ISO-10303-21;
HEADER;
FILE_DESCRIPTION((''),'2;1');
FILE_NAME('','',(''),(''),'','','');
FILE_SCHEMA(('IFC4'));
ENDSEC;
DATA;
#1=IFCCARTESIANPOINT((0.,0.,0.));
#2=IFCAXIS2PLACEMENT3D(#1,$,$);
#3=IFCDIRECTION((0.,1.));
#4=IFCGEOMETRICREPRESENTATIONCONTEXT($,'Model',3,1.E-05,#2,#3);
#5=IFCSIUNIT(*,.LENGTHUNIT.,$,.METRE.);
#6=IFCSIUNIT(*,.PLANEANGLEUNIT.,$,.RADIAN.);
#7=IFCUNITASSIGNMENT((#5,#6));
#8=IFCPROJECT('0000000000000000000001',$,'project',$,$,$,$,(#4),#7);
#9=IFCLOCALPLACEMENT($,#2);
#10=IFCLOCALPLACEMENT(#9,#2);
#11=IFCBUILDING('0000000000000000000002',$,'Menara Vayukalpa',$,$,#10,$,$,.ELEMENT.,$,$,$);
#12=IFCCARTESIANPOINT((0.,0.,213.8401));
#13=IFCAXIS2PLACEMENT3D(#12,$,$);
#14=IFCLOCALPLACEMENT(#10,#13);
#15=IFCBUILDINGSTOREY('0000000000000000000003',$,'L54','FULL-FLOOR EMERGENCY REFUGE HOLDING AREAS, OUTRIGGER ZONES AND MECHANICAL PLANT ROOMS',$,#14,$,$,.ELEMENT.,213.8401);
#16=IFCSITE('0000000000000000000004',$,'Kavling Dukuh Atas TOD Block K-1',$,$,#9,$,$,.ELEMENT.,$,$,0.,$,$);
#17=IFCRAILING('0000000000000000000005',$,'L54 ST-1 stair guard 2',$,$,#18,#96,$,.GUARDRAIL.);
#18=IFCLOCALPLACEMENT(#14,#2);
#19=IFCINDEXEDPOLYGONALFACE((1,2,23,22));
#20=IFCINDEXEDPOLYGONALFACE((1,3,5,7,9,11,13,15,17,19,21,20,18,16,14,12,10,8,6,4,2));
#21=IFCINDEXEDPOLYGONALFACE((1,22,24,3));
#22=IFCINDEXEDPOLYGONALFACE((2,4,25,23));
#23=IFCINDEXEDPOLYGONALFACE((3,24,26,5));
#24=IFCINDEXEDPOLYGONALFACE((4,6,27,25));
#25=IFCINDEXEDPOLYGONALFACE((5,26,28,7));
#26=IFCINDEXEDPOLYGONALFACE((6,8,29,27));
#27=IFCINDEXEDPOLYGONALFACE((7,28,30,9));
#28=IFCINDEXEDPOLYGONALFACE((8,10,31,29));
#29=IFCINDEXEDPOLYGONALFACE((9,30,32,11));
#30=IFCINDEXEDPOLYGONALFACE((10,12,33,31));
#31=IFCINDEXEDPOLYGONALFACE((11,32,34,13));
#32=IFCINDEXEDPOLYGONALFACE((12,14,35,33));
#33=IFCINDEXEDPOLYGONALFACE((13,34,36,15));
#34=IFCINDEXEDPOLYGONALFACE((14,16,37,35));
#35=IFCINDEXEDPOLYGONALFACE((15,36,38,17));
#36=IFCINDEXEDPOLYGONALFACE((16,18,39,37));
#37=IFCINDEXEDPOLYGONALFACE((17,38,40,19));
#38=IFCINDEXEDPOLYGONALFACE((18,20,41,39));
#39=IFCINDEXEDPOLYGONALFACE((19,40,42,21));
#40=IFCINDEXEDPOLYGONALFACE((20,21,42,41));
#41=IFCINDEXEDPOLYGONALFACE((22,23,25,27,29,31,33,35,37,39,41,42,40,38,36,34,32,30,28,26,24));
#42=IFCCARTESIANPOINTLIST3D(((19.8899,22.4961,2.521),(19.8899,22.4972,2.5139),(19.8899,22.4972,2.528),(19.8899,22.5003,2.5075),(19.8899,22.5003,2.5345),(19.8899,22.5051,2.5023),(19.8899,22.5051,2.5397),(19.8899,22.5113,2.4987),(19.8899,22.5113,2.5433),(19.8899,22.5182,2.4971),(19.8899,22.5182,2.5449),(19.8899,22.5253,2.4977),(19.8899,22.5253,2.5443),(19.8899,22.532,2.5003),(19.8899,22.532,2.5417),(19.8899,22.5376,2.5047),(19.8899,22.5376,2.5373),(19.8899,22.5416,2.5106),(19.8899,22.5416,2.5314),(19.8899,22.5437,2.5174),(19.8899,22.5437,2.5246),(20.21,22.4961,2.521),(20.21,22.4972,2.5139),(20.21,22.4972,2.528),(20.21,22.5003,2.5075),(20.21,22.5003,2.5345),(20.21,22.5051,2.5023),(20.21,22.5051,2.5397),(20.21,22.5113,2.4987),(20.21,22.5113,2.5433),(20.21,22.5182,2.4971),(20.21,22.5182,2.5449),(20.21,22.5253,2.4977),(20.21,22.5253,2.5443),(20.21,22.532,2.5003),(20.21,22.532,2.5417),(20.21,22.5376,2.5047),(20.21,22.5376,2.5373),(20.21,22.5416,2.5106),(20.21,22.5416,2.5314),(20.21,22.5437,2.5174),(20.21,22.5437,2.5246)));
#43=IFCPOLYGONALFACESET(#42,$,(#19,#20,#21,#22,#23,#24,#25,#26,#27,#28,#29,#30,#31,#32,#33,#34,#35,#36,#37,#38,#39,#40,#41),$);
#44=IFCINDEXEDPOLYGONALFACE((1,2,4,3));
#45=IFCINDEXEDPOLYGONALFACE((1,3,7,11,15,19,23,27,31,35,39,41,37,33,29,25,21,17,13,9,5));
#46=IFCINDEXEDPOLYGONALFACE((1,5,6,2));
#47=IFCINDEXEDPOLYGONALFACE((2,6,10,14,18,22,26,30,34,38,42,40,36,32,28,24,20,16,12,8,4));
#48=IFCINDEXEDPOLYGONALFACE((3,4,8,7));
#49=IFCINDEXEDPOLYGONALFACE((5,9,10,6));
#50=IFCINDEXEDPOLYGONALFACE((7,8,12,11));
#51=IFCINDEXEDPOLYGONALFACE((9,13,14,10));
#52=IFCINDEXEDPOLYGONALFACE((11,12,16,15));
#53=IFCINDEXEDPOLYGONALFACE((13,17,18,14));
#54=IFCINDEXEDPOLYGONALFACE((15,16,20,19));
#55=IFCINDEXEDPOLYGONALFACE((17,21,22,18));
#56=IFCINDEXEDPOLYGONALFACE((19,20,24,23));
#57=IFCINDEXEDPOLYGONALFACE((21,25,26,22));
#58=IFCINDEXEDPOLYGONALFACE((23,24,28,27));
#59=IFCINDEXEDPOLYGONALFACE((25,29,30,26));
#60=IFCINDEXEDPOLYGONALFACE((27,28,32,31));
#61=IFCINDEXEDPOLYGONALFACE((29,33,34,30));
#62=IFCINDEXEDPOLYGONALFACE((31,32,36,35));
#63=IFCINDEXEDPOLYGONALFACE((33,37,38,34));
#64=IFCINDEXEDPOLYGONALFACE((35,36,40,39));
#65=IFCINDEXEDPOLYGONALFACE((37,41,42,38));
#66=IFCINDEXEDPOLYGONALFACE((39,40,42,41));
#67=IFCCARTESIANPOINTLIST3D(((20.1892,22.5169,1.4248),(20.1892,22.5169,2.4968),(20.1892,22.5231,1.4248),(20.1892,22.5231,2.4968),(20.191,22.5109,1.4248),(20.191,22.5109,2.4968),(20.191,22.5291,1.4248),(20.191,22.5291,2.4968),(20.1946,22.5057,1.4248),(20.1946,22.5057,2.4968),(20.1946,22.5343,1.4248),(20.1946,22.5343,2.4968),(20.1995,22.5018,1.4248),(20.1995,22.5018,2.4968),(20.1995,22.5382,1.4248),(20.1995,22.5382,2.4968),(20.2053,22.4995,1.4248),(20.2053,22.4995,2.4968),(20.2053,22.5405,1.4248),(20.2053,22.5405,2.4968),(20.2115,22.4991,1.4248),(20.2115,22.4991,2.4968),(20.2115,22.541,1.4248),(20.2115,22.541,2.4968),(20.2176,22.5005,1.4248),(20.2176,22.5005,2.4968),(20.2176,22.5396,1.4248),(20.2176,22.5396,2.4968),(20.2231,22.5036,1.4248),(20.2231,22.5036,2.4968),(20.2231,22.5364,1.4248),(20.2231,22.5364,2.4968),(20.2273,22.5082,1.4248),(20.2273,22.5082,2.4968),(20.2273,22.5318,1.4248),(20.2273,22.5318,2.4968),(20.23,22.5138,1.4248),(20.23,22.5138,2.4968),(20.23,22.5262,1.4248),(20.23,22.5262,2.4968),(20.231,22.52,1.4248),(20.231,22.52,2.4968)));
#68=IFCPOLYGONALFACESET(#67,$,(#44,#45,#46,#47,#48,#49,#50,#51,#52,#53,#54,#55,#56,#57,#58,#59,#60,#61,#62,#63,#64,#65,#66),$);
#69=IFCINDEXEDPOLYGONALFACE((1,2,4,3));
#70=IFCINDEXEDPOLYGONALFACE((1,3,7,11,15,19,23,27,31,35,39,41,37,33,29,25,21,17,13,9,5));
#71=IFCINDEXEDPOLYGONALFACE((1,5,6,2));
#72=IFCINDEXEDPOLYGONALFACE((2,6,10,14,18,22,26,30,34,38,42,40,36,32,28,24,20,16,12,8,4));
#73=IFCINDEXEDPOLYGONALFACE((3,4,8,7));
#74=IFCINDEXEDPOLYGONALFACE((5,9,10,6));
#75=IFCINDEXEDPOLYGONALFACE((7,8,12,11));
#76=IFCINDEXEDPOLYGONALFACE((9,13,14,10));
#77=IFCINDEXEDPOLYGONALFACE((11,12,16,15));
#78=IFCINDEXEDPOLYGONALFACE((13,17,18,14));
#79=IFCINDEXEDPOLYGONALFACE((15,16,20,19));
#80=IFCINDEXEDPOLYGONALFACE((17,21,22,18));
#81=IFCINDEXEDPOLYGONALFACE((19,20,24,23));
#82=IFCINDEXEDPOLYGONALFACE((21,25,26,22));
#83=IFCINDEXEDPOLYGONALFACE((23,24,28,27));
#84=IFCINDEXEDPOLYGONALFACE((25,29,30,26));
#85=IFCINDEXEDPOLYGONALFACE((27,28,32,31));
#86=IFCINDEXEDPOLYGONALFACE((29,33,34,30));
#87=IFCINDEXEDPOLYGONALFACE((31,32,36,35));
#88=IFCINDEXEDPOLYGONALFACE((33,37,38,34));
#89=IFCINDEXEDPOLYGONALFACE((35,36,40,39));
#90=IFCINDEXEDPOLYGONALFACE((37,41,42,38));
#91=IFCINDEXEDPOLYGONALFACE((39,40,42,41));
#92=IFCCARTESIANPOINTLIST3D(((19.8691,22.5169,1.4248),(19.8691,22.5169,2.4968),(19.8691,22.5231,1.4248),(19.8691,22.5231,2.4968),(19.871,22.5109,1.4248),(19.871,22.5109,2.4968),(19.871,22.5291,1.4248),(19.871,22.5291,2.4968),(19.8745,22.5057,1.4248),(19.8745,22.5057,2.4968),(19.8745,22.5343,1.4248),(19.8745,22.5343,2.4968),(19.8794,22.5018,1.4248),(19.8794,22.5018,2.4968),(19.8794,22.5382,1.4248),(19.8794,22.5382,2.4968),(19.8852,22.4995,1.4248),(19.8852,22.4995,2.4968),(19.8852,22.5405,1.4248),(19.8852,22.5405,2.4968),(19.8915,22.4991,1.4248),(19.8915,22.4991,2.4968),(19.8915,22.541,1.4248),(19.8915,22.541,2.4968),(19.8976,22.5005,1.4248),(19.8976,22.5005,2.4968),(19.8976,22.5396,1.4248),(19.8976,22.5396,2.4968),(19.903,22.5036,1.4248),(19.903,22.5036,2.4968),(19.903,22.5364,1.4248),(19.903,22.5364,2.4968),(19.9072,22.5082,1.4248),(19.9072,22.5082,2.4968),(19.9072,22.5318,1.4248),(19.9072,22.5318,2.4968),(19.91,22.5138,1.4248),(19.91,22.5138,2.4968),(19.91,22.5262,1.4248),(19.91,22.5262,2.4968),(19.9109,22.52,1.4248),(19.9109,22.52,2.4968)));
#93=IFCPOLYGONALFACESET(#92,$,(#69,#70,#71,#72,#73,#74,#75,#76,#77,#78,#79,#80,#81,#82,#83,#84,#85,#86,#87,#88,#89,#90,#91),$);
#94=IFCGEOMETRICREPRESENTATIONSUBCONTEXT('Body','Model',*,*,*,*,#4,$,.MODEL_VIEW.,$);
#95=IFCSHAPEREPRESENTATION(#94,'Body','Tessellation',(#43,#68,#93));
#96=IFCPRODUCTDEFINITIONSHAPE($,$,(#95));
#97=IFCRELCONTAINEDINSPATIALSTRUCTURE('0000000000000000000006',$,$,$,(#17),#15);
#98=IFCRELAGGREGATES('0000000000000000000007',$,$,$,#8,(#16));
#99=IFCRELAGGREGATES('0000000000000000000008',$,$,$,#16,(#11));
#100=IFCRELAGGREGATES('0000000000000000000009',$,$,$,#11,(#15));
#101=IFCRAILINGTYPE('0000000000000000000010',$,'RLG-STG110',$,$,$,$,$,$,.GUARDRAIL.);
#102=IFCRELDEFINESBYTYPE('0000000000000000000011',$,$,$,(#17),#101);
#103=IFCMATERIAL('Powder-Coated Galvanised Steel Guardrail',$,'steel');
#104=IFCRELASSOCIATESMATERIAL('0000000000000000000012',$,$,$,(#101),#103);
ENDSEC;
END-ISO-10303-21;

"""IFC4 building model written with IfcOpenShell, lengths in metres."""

from ifc_helpers import new_model, si_unit, direction, frame, origin, origin_2d, place, context, subcontext, project, spatial, circle, extrude, material, type_object, element, save


model = new_model("IFC4")

# Units and contexts
model_context = context("Model", 3, precision=1e-05, world=origin(), true_north=direction((0.0, 1.0)))
body_context = subcontext(model_context, "Body", "Model", "MODEL_VIEW")
ifc_project = project(units=[si_unit("LENGTHUNIT", "METRE"), si_unit("PLANEANGLEUNIT", "RADIAN")], contexts=[model_context])

# Site, building, storey
site_placement = place(None, origin())
site = spatial("IfcSite", under=ifc_project, at=site_placement, Name="Kavling Dukuh Atas TOD Block K-1", CompositionType="ELEMENT", RefElevation=0.0)
building_placement = place(site_placement, origin())
building = spatial("IfcBuilding", under=site, at=building_placement, Name="Menara Vayukalpa", CompositionType="ELEMENT")
storey_placement = place(building_placement, frame((0.0, 0.0, 213.8401)))
storey = spatial("IfcBuildingStorey", under=building, at=storey_placement, Name="L54", Description="FULL-FLOOR EMERGENCY REFUGE HOLDING AREAS, OUTRIGGER ZONES AND MECHANICAL PLANT ROOMS", CompositionType="ELEMENT", Elevation=213.8401)

# Railing
ifc_material_1 = material(Name="Powder-Coated Galvanised Steel Guardrail", Category="steel")
railing_type_1 = type_object("IfcRailingType", Name="RLG-STG110", PredefinedType="GUARDRAIL", material=ifc_material_1)
railing_1_placement = place(storey_placement, frame((20.21, 22.52, 1.4248)))
element("IfcRailing", 1, at=railing_1_placement, inside=storey, type_object=railing_type_1, Name="L54 ST-1 stair guard 2", PredefinedType="GUARDRAIL", context=body_context, shape_type="SweptSolid", body=[
    extrude(circle(Radius=0.0239, at=origin_2d()), frame((0.0, 0.0, 1.0962), z_axis=(-1.0, 0.0, 0.0), x_axis=(0.0, -1.0, 0.0)), (0.0, 0.0, 1.0), 0.3201),
    extrude(circle(Radius=0.021, at=origin_2d()), origin(), (0.0, 0.0, 1.0), 1.072),
    extrude(circle(Radius=0.021, at=origin_2d()), frame((-0.3201, 0.0, 0.0)), (0.0, 0.0, 1.0), 1.072),
])

save(model, "model.ifc")
